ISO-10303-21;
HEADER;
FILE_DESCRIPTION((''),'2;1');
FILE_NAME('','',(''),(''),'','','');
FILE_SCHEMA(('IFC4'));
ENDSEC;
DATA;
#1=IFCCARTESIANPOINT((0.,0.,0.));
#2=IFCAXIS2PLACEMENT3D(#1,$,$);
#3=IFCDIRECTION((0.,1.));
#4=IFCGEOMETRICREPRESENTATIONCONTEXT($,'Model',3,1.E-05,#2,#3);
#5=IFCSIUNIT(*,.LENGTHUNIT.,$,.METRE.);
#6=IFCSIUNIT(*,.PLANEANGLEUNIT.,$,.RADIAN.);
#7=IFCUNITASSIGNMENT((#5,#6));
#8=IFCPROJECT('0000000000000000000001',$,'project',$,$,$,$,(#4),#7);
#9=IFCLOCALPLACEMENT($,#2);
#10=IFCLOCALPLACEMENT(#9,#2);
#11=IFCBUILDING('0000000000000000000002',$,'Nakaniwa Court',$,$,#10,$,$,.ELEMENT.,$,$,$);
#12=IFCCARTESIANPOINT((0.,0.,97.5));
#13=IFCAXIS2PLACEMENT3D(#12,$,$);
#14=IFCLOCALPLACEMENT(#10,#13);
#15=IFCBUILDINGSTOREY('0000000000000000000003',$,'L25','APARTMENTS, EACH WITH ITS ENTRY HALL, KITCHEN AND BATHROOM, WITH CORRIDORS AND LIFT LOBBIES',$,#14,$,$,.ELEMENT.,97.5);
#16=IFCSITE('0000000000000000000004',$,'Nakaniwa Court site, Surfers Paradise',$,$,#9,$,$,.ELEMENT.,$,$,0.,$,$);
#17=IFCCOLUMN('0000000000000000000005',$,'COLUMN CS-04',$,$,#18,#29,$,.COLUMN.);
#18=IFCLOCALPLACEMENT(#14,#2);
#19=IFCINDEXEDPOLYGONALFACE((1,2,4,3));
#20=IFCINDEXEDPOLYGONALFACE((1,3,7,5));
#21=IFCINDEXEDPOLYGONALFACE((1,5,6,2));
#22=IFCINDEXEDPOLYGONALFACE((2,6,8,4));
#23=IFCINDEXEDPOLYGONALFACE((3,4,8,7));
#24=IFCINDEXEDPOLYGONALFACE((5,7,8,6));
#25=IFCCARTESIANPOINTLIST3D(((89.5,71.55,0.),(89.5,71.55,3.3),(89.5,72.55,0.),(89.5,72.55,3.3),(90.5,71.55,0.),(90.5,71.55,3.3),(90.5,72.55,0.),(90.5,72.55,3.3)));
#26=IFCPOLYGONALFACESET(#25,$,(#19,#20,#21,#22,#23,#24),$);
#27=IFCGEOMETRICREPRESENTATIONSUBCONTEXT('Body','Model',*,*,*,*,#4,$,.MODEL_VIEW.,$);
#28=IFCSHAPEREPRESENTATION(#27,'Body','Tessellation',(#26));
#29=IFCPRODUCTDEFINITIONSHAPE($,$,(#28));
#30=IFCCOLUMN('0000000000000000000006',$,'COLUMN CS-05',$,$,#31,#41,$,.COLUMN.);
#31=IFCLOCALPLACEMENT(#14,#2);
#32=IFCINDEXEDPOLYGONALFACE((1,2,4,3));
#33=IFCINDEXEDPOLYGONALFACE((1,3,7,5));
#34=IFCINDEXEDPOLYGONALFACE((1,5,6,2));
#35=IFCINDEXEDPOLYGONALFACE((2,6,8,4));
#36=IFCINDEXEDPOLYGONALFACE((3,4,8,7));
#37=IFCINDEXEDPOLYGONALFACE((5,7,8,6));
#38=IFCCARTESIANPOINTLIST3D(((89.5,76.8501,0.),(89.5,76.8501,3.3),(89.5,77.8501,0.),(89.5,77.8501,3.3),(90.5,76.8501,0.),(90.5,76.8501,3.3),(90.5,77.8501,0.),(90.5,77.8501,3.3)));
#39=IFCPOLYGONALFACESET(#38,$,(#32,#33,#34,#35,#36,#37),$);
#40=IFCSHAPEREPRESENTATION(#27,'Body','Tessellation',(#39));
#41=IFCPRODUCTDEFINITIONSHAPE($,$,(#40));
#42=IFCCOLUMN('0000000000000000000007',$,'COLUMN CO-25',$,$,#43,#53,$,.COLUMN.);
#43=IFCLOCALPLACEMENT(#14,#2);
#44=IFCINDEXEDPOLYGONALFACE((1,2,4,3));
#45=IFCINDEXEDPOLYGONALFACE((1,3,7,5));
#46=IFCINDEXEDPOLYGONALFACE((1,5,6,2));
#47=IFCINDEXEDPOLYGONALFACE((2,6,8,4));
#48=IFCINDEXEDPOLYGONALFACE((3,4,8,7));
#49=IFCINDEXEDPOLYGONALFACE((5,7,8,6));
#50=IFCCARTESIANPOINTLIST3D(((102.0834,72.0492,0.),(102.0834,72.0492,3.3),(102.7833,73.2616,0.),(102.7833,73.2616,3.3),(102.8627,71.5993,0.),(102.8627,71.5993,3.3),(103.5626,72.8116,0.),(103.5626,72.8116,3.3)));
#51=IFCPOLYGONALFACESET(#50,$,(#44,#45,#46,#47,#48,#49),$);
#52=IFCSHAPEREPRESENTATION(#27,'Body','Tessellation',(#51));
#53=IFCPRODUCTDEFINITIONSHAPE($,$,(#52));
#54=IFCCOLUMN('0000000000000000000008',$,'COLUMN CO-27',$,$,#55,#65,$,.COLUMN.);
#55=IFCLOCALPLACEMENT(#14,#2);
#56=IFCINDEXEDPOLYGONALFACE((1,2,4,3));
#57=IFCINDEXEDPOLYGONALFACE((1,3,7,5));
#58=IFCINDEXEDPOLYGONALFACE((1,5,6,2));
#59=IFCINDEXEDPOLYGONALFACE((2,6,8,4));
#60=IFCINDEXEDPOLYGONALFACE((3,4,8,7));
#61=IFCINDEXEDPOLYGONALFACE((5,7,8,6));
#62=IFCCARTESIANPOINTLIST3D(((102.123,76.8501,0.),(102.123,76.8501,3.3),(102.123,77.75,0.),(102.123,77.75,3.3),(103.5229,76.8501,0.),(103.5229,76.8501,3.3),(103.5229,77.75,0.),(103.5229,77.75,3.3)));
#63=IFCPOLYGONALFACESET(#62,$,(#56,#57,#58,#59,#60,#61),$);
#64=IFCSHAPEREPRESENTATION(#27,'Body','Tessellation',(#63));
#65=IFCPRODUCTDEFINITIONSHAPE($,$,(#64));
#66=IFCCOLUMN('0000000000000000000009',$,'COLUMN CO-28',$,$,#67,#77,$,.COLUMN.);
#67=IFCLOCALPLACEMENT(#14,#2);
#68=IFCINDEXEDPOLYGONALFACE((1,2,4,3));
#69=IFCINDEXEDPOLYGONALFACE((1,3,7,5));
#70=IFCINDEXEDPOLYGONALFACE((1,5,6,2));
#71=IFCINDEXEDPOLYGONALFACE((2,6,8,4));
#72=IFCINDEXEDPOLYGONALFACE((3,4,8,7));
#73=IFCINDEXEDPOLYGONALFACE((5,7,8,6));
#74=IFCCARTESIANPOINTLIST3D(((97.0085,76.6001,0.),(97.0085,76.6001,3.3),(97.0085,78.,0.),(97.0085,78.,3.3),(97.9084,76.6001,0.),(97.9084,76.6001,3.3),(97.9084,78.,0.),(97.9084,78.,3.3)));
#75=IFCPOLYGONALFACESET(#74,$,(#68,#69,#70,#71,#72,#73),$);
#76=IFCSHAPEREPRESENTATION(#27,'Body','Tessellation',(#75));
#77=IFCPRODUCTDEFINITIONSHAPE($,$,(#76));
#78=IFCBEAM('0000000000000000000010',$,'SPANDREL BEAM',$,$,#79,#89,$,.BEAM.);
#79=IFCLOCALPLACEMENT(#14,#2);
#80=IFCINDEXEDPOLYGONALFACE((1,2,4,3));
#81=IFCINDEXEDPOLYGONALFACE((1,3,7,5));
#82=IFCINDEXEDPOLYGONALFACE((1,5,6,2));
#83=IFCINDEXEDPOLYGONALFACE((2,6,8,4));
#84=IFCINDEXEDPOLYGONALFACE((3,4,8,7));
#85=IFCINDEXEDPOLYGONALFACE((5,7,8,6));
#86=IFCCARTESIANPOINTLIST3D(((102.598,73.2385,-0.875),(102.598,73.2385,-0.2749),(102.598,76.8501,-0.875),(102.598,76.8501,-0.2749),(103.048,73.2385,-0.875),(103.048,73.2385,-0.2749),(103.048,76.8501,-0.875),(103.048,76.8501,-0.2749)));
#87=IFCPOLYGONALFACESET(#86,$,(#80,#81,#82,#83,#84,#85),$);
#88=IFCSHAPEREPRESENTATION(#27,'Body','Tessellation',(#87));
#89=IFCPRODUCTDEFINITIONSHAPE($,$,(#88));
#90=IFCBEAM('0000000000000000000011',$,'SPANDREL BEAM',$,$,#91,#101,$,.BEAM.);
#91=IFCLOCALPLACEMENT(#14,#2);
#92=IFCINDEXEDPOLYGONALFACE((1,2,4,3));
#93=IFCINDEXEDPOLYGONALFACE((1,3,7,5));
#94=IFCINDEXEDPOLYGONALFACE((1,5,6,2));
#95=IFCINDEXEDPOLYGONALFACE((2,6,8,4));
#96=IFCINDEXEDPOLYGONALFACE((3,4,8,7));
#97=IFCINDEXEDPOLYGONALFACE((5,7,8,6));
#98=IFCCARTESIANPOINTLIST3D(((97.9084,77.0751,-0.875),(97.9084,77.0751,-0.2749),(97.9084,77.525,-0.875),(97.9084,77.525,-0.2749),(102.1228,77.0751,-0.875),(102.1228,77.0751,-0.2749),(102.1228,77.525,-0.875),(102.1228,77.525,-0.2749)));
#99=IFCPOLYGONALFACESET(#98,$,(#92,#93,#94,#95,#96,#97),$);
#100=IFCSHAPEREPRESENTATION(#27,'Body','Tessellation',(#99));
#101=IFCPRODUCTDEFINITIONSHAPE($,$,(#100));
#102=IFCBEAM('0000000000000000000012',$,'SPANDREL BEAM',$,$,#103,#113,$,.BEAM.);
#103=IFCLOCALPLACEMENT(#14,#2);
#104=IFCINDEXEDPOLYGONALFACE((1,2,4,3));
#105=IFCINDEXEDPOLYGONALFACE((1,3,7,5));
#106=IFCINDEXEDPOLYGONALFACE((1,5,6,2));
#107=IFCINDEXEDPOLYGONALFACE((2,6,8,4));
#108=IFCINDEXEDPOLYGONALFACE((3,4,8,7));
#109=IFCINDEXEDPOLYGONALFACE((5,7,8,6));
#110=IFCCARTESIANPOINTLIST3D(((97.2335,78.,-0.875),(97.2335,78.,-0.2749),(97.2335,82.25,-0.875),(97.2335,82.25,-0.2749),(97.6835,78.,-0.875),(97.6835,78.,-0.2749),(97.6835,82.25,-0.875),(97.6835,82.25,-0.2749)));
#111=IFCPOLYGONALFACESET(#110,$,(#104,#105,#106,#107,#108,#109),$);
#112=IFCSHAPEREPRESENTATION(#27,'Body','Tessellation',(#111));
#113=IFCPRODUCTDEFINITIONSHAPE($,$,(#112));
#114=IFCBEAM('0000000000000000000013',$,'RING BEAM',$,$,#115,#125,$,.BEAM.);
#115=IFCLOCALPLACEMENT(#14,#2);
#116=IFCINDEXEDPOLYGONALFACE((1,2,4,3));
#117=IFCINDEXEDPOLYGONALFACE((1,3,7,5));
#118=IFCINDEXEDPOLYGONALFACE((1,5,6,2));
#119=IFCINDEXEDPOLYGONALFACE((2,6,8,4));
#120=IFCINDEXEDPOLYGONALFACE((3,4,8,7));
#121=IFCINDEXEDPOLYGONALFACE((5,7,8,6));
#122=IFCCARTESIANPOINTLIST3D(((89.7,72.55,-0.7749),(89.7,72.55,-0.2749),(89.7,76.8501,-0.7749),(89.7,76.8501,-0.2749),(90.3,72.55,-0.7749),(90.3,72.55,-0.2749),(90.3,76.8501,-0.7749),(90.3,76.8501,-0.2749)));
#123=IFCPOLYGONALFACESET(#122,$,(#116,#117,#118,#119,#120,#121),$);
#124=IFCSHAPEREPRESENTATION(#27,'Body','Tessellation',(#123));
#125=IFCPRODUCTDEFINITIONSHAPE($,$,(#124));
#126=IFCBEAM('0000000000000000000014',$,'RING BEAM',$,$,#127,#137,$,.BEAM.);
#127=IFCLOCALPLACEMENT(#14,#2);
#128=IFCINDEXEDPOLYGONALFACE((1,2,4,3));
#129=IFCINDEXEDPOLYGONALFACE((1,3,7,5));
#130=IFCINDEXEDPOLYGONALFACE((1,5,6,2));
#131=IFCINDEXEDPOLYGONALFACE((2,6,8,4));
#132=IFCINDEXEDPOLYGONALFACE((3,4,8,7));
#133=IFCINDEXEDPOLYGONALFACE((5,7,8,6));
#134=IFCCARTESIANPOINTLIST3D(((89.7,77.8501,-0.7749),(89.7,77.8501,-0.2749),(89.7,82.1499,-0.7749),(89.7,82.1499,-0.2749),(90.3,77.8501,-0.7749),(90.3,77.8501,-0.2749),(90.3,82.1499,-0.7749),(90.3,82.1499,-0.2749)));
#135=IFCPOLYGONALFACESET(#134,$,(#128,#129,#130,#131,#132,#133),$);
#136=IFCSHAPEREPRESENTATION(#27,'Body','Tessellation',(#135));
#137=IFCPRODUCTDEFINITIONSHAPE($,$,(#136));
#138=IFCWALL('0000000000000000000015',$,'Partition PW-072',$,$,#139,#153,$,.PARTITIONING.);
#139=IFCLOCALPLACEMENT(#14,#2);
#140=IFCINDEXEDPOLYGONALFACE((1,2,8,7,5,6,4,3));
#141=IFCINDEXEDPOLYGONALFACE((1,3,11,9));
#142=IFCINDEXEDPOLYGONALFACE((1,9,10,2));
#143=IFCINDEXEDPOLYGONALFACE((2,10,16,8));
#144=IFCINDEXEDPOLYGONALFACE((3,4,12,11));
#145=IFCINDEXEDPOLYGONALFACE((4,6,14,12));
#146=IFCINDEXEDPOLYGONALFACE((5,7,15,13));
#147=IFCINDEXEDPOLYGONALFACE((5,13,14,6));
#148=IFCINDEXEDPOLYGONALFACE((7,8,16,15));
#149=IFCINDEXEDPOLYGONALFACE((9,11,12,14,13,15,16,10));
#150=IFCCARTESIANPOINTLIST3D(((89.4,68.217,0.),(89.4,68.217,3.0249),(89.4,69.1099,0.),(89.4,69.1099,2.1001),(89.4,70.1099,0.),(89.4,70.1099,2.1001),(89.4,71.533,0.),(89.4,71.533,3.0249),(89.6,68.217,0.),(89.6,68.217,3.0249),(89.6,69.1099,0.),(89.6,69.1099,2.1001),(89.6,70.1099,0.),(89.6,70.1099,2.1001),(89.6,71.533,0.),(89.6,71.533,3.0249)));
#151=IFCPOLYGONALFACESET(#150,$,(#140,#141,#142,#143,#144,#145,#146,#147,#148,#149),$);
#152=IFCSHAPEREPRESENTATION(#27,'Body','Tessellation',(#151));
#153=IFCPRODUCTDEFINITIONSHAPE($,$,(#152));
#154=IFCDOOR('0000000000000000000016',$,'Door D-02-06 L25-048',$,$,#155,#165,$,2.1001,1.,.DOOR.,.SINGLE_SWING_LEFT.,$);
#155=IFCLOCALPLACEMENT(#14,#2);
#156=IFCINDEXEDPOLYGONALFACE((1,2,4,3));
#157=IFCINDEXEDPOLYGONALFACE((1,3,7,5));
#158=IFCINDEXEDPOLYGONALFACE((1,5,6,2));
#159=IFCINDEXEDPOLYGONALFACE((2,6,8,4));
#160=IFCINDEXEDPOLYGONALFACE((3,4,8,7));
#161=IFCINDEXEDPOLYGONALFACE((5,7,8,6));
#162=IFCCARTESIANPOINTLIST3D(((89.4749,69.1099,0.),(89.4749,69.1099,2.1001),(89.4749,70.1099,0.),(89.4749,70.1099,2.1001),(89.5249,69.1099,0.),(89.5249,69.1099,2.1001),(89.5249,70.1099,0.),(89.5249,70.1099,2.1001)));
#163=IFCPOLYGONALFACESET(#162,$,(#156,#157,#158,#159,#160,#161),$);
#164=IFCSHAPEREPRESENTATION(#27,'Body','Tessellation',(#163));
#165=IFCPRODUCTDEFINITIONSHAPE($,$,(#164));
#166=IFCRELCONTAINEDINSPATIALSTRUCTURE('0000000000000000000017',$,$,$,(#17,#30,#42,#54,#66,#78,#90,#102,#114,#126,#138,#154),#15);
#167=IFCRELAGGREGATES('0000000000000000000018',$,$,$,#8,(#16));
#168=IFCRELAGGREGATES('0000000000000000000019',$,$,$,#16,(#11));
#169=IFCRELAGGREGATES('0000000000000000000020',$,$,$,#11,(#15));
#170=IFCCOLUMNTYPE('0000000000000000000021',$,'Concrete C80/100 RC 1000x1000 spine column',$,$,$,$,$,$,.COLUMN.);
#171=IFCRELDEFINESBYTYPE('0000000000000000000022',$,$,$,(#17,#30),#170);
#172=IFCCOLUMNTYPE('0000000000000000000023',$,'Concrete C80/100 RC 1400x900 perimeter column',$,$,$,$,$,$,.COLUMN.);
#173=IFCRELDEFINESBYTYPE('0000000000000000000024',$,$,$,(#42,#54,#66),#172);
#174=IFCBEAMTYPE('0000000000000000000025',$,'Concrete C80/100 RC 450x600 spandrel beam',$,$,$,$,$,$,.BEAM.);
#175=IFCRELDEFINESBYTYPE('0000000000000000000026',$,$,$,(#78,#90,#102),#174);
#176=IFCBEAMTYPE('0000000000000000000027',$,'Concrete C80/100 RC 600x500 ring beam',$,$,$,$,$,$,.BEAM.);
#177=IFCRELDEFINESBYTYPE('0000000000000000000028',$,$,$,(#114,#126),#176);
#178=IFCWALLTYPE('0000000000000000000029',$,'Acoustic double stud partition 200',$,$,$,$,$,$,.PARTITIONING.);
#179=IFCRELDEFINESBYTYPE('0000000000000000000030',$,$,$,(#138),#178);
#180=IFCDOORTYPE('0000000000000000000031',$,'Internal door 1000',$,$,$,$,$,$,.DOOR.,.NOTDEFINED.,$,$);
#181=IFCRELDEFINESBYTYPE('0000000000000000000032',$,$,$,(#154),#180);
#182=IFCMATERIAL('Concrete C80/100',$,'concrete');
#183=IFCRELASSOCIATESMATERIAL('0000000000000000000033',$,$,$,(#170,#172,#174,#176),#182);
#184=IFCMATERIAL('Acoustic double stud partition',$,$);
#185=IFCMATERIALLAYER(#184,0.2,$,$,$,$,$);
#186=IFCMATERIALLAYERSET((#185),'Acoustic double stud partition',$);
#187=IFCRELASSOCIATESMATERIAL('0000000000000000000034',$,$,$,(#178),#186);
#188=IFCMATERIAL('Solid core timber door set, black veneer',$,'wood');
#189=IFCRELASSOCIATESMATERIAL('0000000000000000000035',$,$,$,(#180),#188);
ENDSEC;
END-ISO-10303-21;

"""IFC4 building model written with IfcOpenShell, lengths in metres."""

from ifc_helpers import new_model, si_unit, direction, frame, frame_2d, origin, origin_2d, place, context, subcontext, project, spatial, rectangle, extrude, material, layer, layer_set, material_profile, profile_set, type_object, element, fill, save


model = new_model("IFC4")

# Units and contexts
model_context = context("Model", 3, precision=1e-05, world=origin(), true_north=direction((0.0, 1.0)))
body_context = subcontext(model_context, "Body", "Model", "MODEL_VIEW")
ifc_project = project(units=[si_unit("LENGTHUNIT", "METRE"), si_unit("PLANEANGLEUNIT", "RADIAN")], contexts=[model_context])

# Site, building, storey
site_placement = place(None, origin())
site = spatial("IfcSite", under=ifc_project, at=site_placement, Name="Nakaniwa Court site, Surfers Paradise", CompositionType="ELEMENT", RefElevation=0.0)
building_placement = place(site_placement, origin())
building = spatial("IfcBuilding", under=site, at=building_placement, Name="Nakaniwa Court", CompositionType="ELEMENT")
storey_placement = place(building_placement, frame((0.0, 0.0, 97.5)))
storey = spatial("IfcBuildingStorey", under=building, at=storey_placement, Name="L25", Description="APARTMENTS, EACH WITH ITS ENTRY HALL, KITCHEN AND BATHROOM, WITH CORRIDORS AND LIFT LOBBIES", CompositionType="ELEMENT", Elevation=97.5)

# Columns
ifc_material_1 = material(Name="Concrete C80/100", Category="concrete")
ifc_material_profile_1 = material_profile(ifc_material_1, rectangle(XDim=1.0, YDim=1.0, at=origin_2d()), Name="Concrete C80/100 RC 1000x1000 spine column")
ifc_profile_set_1 = profile_set([ifc_material_profile_1], Name="Concrete C80/100")
column_type_1 = type_object("IfcColumnType", Name="Concrete C80/100 RC 1000x1000 spine column", PredefinedType="COLUMN", material=ifc_profile_set_1)
for number, where, z_axis, x_axis, name in (
    (1, (90.0, 72.05, 0.0), (0.0, 0.0, 1.0), (0.0, 1.0, 0.0), "COLUMN CS-04"),
    (2, (90.0, 77.3501, 0.0), (0.0, 0.0, 1.0), (0.0, 1.0, 0.0), "COLUMN CS-05"),
):
    element("IfcColumn", number, at=place(storey_placement, frame(where, z_axis=z_axis, x_axis=x_axis)), inside=storey, type_object=column_type_1, Name=name, PredefinedType="COLUMN", context=body_context, shape_type="SweptSolid", body=[
        extrude(rectangle(XDim=1.0, YDim=1.0, at=origin_2d()), origin(), (0.0, 0.0, 1.0), 3.3),
    ])
ifc_material_profile_2 = material_profile(ifc_material_1, rectangle(XDim=1.3999, YDim=0.8999, at=origin_2d()), Name="Concrete C80/100 RC 1400x900 perimeter column")
ifc_profile_set_2 = profile_set([ifc_material_profile_2], Name="Concrete C80/100")
column_type_2 = type_object("IfcColumnType", Name="Concrete C80/100 RC 1400x900 perimeter column", PredefinedType="COLUMN", material=ifc_profile_set_2)
for number, where, z_axis, x_axis, name in (
    (3, (102.823, 72.4304, 0.0), (0.0, 0.0, 1.0), (0.5, 0.866025, 0.0), "COLUMN CO-25"),
    (4, (102.823, 77.3, 0.0), (0.0, 0.0, 1.0), (-1.0, 0.0, 0.0), "COLUMN CO-27"),
    (5, (97.4585, 77.3, 0.0), (0.0, 0.0, 1.0), (0.0, 1.0, 0.0), "COLUMN CO-28"),
):
    element("IfcColumn", number, at=place(storey_placement, frame(where, z_axis=z_axis, x_axis=x_axis)), inside=storey, type_object=column_type_2, Name=name, PredefinedType="COLUMN", context=body_context, shape_type="SweptSolid", body=[
        extrude(rectangle(XDim=1.3999, YDim=0.8999, at=origin_2d()), origin(), (0.0, 0.0, 1.0), 3.3),
    ])

# Beams
ifc_material_profile_3 = material_profile(ifc_material_1, rectangle(XDim=0.45, YDim=0.6001, at=origin_2d()), Name="Concrete C80/100 RC 450x600 spandrel beam")
ifc_profile_set_3 = profile_set([ifc_material_profile_3], Name="Concrete C80/100")
beam_type_1 = type_object("IfcBeamType", Name="Concrete C80/100 RC 450x600 spandrel beam", PredefinedType="BEAM", material=ifc_profile_set_3)
beam_1_placement = place(storey_placement, frame((102.823, 73.2385, -0.575), z_axis=(0.0, 1.0, 0.0), x_axis=(-1.0, 0.0, 0.0)))
element("IfcBeam", 6, at=beam_1_placement, inside=storey, type_object=beam_type_1, Name="SPANDREL BEAM", PredefinedType="BEAM", context=body_context, shape_type="SweptSolid", body=[
    extrude(rectangle(XDim=0.45, YDim=0.6001, at=origin_2d()), origin(), (0.0, 0.0, 1.0), 3.6116),
])
beam_2_placement = place(storey_placement, frame((102.1228, 77.3, -0.575), z_axis=(-1.0, 0.0, 0.0), x_axis=(0.0, -1.0, 0.0)))
element("IfcBeam", 7, at=beam_2_placement, inside=storey, type_object=beam_type_1, Name="SPANDREL BEAM", PredefinedType="BEAM", context=body_context, shape_type="SweptSolid", body=[
    extrude(rectangle(XDim=0.45, YDim=0.6001, at=origin_2d()), origin(), (0.0, 0.0, 1.0), 4.2144),
])
beam_3_placement = place(storey_placement, frame((97.4585, 78.0, -0.575), z_axis=(0.0, 1.0, 0.0), x_axis=(-1.0, 0.0, 0.0)))
element("IfcBeam", 8, at=beam_3_placement, inside=storey, type_object=beam_type_1, Name="SPANDREL BEAM", PredefinedType="BEAM", context=body_context, shape_type="SweptSolid", body=[
    extrude(rectangle(XDim=0.45, YDim=0.6001, at=origin_2d()), origin(), (0.0, 0.0, 1.0), 4.25),
])
ifc_material_profile_4 = material_profile(ifc_material_1, rectangle(XDim=0.6001, YDim=0.5, at=origin_2d()), Name="Concrete C80/100 RC 600x500 ring beam")
ifc_profile_set_4 = profile_set([ifc_material_profile_4], Name="Concrete C80/100")
beam_type_2 = type_object("IfcBeamType", Name="Concrete C80/100 RC 600x500 ring beam", PredefinedType="BEAM", material=ifc_profile_set_4)
beam_4_placement = place(storey_placement, frame((90.0, 72.55, -0.5249), z_axis=(0.0, 1.0, 0.0), x_axis=(-1.0, 0.0, 0.0)))
element("IfcBeam", 9, at=beam_4_placement, inside=storey, type_object=beam_type_2, Name="RING BEAM", PredefinedType="BEAM", context=body_context, shape_type="SweptSolid", body=[
    extrude(rectangle(XDim=0.6001, YDim=0.5, at=origin_2d()), origin(), (0.0, 0.0, 1.0), 4.3),
])
beam_5_placement = place(storey_placement, frame((90.0, 77.8501, -0.5249), z_axis=(0.0, 1.0, 0.0), x_axis=(-1.0, 0.0, 0.0)))
element("IfcBeam", 10, at=beam_5_placement, inside=storey, type_object=beam_type_2, Name="RING BEAM", PredefinedType="BEAM", context=body_context, shape_type="SweptSolid", body=[
    extrude(rectangle(XDim=0.6001, YDim=0.5, at=origin_2d()), origin(), (0.0, 0.0, 1.0), 4.2998),
])

# Wall, opening, door
ifc_material_2 = material(Name="Acoustic double stud partition")
ifc_layer_1 = layer(ifc_material_2, 0.2)
ifc_layer_set_1 = layer_set([ifc_layer_1], Name="Acoustic double stud partition")
wall_type_1 = type_object("IfcWallType", Name="Acoustic double stud partition 200", PredefinedType="PARTITIONING", material=ifc_layer_set_1)
wall_1_placement = place(storey_placement, frame((89.5, 71.533, 0.0), z_axis=(0.0, 0.0, 1.0), x_axis=(0.0, -1.0, 0.0)))
wall_1 = element("IfcWall", 11, at=wall_1_placement, inside=storey, type_object=wall_type_1, Name="Partition PW-072", PredefinedType="PARTITIONING", context=body_context, shape_type="SweptSolid", body=[
    extrude(rectangle(XDim=3.3159, YDim=0.2, at=frame_2d((1.658, 0.0))), origin(), (0.0, 0.0, 1.0), 3.0249),
])
opening_1_placement = place(wall_1_placement, frame((1.4231, 0.0, 0.0)))
opening_1 = element("IfcOpeningElement", 12, at=opening_1_placement, cuts=wall_1, PredefinedType="OPENING", context=body_context, shape_type="SweptSolid", body=[
    extrude(rectangle(XDim=1.0, YDim=2.1001, at=frame_2d((0.5, 1.05))), frame((0.0, 0.1099, 0.0), z_axis=(0.0, -1.0, 0.0), x_axis=(1.0, 0.0, 0.0)), (0.0, 0.0, 1.0), 0.22),
])
ifc_material_3 = material(Name="Solid core timber door set, black veneer", Category="wood")
door_type_1 = type_object("IfcDoorType", Name="Internal door 1000", OperationType="NOTDEFINED", PredefinedType="DOOR", material=ifc_material_3)
door_1_placement = place(opening_1_placement, origin())
door_1 = element("IfcDoor", 13, at=door_1_placement, inside=storey, type_object=door_type_1, Name="Door D-02-06 L25-048", OperationType="SINGLE_SWING_LEFT", OverallHeight=2.1001, OverallWidth=1.0, PredefinedType="DOOR", context=body_context, shape_type="SweptSolid", body=[
    extrude(rectangle(XDim=1.0, YDim=2.1001, at=frame_2d((0.5, 1.05))), frame((0.0, 0.0249, 0.0), z_axis=(0.0, -1.0, 0.0), x_axis=(1.0, 0.0, 0.0)), (0.0, 0.0, 1.0), 0.05),
])
fill(opening_1, door_1)

save(model, "model.ifc")
